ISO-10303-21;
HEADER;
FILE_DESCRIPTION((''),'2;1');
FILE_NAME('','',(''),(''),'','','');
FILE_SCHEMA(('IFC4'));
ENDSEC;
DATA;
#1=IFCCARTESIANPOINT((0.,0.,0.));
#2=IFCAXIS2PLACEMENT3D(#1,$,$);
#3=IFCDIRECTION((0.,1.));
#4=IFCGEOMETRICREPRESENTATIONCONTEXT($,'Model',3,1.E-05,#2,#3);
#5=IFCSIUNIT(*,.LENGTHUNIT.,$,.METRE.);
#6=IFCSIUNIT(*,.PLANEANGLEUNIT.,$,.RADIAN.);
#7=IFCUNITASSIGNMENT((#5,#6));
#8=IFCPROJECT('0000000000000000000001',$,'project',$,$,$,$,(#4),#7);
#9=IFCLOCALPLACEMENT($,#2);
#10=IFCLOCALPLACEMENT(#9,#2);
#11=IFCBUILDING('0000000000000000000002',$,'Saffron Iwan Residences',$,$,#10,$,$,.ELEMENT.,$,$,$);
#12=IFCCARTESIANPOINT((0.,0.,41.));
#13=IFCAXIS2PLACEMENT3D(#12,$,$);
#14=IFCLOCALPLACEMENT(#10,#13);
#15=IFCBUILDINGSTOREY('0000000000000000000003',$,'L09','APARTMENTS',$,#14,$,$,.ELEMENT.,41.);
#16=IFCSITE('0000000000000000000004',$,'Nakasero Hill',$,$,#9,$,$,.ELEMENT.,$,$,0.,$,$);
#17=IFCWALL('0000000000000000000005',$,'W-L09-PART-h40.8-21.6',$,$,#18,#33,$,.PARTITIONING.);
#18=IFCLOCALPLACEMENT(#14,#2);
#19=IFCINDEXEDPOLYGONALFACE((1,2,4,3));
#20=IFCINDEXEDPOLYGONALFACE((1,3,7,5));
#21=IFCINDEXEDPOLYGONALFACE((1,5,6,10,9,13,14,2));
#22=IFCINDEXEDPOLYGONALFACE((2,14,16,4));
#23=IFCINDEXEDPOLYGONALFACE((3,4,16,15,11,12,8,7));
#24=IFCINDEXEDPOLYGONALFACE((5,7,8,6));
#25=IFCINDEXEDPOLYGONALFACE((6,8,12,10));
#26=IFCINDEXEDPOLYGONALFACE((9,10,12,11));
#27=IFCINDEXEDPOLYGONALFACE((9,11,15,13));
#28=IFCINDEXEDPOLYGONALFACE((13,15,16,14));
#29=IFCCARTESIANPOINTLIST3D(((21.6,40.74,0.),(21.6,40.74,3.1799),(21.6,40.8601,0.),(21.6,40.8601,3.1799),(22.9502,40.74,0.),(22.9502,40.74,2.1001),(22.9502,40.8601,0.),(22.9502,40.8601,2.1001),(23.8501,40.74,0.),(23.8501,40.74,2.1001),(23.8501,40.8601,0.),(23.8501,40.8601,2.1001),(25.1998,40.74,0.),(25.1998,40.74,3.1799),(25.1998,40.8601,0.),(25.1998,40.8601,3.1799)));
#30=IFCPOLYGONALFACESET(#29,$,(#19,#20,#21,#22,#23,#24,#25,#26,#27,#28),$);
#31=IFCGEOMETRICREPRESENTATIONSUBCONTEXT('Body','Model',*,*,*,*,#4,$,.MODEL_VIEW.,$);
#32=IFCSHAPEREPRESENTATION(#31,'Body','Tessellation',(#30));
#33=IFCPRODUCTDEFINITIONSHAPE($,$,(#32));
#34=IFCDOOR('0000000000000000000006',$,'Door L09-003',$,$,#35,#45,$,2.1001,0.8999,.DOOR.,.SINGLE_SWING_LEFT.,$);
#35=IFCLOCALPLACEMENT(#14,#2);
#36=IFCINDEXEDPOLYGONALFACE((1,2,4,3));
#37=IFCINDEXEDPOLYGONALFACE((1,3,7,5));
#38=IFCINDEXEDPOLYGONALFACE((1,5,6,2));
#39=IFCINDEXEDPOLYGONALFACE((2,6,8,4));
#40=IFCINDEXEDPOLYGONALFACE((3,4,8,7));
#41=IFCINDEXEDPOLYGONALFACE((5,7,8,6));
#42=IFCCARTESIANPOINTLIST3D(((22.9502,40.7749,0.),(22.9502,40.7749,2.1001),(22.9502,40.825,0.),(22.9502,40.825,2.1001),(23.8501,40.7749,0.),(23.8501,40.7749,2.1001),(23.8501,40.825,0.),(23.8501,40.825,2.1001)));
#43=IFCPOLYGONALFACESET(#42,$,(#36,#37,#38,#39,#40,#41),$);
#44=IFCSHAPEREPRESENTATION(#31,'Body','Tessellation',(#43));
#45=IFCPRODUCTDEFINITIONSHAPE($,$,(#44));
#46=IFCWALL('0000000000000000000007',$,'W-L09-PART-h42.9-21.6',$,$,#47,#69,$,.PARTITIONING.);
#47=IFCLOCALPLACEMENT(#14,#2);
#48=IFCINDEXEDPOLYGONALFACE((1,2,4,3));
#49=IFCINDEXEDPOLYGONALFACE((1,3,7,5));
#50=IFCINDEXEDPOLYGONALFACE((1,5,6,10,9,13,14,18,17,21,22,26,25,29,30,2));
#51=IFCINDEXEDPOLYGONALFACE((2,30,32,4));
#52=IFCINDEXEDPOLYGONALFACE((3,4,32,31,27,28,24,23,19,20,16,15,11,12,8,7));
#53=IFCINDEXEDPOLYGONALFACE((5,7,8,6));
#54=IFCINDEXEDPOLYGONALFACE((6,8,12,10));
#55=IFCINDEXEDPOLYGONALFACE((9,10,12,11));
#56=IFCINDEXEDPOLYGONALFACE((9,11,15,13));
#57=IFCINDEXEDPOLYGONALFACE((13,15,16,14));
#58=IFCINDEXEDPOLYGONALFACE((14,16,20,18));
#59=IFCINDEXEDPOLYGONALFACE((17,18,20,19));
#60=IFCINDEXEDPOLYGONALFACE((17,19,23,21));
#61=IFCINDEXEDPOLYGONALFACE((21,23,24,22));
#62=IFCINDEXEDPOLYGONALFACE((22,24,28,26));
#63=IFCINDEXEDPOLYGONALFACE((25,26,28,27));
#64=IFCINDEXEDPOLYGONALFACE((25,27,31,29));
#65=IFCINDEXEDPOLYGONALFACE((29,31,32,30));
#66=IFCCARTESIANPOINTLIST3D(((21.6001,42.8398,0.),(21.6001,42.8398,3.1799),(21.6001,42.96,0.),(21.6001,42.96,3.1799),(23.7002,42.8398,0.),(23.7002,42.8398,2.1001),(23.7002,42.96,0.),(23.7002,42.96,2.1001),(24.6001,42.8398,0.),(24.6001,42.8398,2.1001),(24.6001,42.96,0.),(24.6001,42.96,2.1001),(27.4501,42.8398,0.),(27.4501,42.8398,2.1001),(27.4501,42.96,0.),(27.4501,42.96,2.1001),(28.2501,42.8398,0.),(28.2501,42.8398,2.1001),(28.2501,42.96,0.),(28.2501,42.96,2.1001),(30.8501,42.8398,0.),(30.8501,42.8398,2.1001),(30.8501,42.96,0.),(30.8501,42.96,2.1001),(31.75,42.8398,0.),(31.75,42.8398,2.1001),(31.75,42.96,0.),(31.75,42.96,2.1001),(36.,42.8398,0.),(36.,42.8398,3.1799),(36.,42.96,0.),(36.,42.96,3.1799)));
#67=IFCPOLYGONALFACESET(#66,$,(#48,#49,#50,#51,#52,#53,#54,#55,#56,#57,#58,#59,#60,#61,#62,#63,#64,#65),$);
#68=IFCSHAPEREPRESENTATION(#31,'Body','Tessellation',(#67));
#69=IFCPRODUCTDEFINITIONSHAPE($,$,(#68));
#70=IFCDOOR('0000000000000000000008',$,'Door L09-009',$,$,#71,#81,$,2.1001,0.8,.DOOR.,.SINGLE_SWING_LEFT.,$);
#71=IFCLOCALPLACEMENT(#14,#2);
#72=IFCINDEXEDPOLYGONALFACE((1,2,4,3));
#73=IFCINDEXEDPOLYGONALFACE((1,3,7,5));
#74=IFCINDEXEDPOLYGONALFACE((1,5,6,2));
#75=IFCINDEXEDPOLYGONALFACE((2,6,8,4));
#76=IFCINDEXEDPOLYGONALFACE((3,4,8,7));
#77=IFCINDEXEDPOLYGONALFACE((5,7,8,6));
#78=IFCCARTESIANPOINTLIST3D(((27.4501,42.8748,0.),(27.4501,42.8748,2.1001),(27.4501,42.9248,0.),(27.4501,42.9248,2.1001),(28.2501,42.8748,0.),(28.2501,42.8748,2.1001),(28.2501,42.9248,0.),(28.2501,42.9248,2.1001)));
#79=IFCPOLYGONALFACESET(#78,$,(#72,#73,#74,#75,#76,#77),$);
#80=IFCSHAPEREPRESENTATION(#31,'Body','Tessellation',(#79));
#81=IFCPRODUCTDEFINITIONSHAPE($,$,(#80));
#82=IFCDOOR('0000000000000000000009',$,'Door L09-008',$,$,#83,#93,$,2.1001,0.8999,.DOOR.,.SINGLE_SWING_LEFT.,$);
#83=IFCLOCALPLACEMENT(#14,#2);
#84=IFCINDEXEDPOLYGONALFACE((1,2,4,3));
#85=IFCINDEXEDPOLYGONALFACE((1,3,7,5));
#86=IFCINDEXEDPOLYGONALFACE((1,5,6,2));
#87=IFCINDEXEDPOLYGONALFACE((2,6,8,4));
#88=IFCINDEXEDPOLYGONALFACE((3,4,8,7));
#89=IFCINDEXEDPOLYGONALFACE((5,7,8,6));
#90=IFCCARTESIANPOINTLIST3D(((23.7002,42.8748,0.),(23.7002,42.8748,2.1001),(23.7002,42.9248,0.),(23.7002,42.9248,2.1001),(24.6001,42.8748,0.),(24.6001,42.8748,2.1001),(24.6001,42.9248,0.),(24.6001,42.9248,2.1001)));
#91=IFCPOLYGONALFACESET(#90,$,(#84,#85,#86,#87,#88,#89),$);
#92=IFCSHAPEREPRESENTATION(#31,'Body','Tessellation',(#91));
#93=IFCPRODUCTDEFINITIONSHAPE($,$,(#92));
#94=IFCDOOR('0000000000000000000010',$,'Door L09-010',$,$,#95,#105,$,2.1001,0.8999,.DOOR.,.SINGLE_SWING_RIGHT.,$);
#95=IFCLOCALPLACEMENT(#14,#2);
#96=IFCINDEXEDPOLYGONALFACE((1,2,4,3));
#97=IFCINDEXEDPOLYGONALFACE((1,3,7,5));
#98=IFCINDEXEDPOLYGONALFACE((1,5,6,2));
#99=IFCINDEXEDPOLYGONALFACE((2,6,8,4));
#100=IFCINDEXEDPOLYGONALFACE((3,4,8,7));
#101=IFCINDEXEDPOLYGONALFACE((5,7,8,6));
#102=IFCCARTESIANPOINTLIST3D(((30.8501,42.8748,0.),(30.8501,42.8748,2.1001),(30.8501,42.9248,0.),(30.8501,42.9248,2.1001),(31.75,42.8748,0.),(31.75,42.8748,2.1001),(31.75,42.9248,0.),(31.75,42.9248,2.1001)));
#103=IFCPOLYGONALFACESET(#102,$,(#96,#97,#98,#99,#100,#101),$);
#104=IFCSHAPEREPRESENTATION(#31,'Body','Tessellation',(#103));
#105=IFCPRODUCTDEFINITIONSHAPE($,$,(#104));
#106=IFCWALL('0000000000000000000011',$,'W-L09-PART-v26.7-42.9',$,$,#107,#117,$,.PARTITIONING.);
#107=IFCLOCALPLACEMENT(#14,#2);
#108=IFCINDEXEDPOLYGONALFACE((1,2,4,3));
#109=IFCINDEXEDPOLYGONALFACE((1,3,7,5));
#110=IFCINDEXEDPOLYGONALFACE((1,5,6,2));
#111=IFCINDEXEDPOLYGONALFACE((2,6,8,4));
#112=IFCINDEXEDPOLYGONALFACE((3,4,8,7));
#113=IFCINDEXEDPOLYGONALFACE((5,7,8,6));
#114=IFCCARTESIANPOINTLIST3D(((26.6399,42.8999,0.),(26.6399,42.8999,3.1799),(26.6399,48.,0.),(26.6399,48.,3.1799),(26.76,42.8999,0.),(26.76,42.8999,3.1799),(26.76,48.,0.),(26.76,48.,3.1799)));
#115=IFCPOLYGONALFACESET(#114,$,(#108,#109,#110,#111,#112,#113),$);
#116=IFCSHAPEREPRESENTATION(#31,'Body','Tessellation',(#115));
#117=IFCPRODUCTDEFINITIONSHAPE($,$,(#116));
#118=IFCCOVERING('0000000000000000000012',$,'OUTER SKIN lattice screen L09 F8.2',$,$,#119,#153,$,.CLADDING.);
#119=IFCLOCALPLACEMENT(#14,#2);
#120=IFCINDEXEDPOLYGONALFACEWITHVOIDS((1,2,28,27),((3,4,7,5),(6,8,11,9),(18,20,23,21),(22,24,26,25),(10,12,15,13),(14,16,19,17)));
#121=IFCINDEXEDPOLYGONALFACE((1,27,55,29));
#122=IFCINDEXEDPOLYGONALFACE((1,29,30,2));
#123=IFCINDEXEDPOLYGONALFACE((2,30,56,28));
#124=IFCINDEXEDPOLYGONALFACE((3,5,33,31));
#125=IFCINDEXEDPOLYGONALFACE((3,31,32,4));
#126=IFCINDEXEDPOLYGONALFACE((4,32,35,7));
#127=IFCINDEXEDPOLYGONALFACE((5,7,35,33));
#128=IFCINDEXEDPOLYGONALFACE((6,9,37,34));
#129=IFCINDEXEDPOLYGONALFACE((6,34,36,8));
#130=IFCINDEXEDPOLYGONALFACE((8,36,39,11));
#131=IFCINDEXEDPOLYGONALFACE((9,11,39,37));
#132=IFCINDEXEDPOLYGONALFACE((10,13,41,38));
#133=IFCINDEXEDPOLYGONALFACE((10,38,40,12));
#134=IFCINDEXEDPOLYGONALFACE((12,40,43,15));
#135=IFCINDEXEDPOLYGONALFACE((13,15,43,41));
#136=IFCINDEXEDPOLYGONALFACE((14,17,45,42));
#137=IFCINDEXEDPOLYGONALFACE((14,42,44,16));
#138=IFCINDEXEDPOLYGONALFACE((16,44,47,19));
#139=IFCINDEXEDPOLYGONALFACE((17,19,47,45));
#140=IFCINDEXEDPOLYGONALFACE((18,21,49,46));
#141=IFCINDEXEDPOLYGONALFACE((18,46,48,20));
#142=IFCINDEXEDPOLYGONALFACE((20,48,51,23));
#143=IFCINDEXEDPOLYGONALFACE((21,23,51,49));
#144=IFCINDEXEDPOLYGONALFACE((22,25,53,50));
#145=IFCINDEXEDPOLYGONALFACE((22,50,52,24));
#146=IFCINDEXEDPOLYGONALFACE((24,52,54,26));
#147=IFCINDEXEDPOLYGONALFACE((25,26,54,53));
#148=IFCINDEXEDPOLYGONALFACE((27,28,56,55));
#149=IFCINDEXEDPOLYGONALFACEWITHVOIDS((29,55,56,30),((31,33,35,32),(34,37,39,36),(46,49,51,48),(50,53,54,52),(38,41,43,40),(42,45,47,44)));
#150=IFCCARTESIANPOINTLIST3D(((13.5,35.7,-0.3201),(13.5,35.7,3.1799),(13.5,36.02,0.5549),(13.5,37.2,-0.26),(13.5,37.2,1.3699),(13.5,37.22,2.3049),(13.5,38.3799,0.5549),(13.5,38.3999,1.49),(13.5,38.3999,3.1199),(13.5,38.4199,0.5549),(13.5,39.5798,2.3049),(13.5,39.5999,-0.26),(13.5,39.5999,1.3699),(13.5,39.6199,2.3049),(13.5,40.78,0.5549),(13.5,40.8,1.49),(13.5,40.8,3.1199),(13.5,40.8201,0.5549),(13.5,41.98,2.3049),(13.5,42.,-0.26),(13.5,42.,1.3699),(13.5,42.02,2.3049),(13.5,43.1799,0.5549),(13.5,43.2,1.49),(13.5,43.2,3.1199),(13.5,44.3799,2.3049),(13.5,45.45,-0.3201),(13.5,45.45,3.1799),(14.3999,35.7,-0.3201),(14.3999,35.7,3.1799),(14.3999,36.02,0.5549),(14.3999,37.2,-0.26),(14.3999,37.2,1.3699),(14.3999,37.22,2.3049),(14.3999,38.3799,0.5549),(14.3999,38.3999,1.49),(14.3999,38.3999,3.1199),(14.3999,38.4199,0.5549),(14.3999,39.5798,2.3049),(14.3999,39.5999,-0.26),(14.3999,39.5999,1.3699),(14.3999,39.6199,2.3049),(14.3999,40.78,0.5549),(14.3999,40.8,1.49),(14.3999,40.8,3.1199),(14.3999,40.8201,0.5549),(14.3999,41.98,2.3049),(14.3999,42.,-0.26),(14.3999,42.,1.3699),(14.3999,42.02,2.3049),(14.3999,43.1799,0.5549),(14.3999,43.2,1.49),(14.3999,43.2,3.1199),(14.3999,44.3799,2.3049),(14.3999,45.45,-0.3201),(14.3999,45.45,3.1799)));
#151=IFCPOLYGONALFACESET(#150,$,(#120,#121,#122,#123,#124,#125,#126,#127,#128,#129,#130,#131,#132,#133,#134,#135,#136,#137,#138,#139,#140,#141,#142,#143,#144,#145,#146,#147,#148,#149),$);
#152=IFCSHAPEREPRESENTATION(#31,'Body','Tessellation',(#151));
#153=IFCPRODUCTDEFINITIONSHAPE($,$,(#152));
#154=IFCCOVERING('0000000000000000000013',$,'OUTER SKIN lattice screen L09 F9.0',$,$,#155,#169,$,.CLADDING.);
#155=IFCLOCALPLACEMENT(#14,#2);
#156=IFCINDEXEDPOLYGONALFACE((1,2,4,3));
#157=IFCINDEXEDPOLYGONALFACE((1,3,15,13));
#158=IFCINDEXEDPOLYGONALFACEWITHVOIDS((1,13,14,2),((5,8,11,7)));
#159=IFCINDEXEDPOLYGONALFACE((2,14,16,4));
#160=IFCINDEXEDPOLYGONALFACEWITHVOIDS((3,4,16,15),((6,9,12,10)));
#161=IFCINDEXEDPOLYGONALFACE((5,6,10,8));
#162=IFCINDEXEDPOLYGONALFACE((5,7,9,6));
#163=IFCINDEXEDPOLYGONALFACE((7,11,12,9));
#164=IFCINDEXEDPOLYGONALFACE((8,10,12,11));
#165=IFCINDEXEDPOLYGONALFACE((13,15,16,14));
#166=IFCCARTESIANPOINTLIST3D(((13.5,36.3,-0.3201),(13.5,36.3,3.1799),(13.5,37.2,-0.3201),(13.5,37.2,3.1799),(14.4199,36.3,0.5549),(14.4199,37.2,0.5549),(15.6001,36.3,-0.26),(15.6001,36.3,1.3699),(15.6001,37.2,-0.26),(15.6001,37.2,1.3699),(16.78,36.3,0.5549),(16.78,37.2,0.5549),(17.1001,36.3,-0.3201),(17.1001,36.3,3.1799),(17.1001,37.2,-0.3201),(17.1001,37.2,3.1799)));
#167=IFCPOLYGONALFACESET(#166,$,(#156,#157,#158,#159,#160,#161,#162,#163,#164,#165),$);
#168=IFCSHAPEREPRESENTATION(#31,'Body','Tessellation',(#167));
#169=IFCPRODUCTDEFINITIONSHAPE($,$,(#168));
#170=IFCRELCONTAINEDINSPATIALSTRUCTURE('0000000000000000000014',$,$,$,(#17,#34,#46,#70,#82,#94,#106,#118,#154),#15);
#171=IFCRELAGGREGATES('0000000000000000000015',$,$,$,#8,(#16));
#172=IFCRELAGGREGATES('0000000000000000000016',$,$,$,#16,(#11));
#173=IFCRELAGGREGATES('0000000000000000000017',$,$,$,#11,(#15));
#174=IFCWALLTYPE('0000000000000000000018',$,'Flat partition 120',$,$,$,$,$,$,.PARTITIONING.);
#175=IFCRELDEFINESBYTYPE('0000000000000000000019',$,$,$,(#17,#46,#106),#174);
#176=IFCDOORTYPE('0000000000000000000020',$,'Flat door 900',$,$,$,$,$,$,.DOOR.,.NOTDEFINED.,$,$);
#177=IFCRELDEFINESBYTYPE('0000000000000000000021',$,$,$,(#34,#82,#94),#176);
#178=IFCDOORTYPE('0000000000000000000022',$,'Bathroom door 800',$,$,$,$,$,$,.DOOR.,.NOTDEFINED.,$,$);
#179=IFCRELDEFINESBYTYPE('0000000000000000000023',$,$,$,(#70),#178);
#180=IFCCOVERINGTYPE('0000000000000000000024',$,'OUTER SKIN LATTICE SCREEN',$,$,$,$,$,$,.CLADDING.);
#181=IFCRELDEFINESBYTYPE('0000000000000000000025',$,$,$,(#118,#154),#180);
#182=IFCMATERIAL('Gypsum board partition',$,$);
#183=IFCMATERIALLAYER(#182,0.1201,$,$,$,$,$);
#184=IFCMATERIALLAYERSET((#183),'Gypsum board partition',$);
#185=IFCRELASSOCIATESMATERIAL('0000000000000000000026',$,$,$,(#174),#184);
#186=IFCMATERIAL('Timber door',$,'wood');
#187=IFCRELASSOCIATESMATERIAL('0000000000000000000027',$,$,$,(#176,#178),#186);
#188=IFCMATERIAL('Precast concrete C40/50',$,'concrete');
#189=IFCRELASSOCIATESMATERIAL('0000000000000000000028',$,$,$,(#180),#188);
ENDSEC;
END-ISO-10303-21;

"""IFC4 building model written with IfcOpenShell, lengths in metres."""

from ifc_helpers import new_model, si_unit, direction, frame, frame_2d, origin, place, context, subcontext, project, spatial, polyline, rectangle, outline, extrude, material, layer, layer_set, type_object, element, fill, save


model = new_model("IFC4")

# Units and contexts
model_context = context("Model", 3, precision=1e-05, world=origin(), true_north=direction((0.0, 1.0)))
body_context = subcontext(model_context, "Body", "Model", "MODEL_VIEW")
ifc_project = project(units=[si_unit("LENGTHUNIT", "METRE"), si_unit("PLANEANGLEUNIT", "RADIAN")], contexts=[model_context])

# Site, building, storey
site_placement = place(None, origin())
site = spatial("IfcSite", under=ifc_project, at=site_placement, Name="Nakasero Hill", CompositionType="ELEMENT", RefElevation=0.0)
building_placement = place(site_placement, origin())
building = spatial("IfcBuilding", under=site, at=building_placement, Name="Saffron Iwan Residences", CompositionType="ELEMENT")
storey_placement = place(building_placement, frame((0.0, 0.0, 41.0)))
storey = spatial("IfcBuildingStorey", under=building, at=storey_placement, Name="L09", Description="APARTMENTS", CompositionType="ELEMENT", Elevation=41.0)

# Shared definitions
ifc_material_1 = material(Name="Gypsum board partition")
ifc_layer_1 = layer(ifc_material_1, 0.1201)
ifc_layer_set_1 = layer_set([ifc_layer_1], Name="Gypsum board partition")
wall_type_1 = type_object("IfcWallType", Name="Flat partition 120", PredefinedType="PARTITIONING", material=ifc_layer_set_1)

# Wall, opening, door
wall_1_placement = place(storey_placement, frame((21.6001, 40.8, 0.0), z_axis=(0.0, 0.0, 1.0), x_axis=(1.0, 0.0, 0.0)))
wall_1 = element("IfcWall", 1, at=wall_1_placement, inside=storey, type_object=wall_type_1, Name="W-L09-PART-h40.8-21.6", PredefinedType="PARTITIONING", context=body_context, shape_type="SweptSolid", body=[
    extrude(rectangle(XDim=3.5999, YDim=0.1201, at=frame_2d((1.7998, 0.0))), origin(), (0.0, 0.0, 1.0), 3.1799),
])
opening_1_placement = place(wall_1_placement, frame((1.3501, 0.0, 0.0)))
opening_1 = element("IfcOpeningElement", 2, at=opening_1_placement, cuts=wall_1, PredefinedType="OPENING", context=body_context, shape_type="SweptSolid", body=[
    extrude(rectangle(XDim=0.8999, YDim=2.1001, at=frame_2d((0.45, 1.05))), frame((0.0, 0.0701, 0.0), z_axis=(0.0, -1.0, 0.0), x_axis=(1.0, 0.0, 0.0)), (0.0, 0.0, 1.0), 0.1401),
])
ifc_material_2 = material(Name="Timber door", Category="wood")
door_type_1 = type_object("IfcDoorType", Name="Flat door 900", OperationType="NOTDEFINED", PredefinedType="DOOR", material=ifc_material_2)
door_1_placement = place(opening_1_placement, origin())
door_1 = element("IfcDoor", 3, at=door_1_placement, inside=storey, type_object=door_type_1, Name="Door L09-003", OperationType="SINGLE_SWING_LEFT", OverallHeight=2.1001, OverallWidth=0.8999, PredefinedType="DOOR", context=body_context, shape_type="SweptSolid", body=[
    extrude(rectangle(XDim=0.8999, YDim=2.1001, at=frame_2d((0.45, 1.05))), frame((0.0, 0.0249, 0.0), z_axis=(0.0, -1.0, 0.0), x_axis=(1.0, 0.0, 0.0)), (0.0, 0.0, 1.0), 0.05),
])
fill(opening_1, door_1)

# Wall, openings, doors
wall_2_placement = place(storey_placement, frame((21.6001, 42.8999, 0.0), z_axis=(0.0, 0.0, 1.0), x_axis=(1.0, 0.0, 0.0)))
wall_2 = element("IfcWall", 4, at=wall_2_placement, inside=storey, type_object=wall_type_1, Name="W-L09-PART-h42.9-21.6", PredefinedType="PARTITIONING", context=body_context, shape_type="SweptSolid", body=[
    extrude(rectangle(XDim=14.3999, YDim=0.1201, at=frame_2d((7.2, 0.0))), origin(), (0.0, 0.0, 1.0), 3.1799),
])
opening_2_placement = place(wall_2_placement, frame((2.1001, 0.0, 0.0)))
opening_2 = element("IfcOpeningElement", 5, at=opening_2_placement, cuts=wall_2, PredefinedType="OPENING", context=body_context, shape_type="SweptSolid", body=[
    extrude(rectangle(XDim=0.8999, YDim=2.1001, at=frame_2d((0.45, 1.05))), frame((0.0, 0.0701, 0.0), z_axis=(0.0, -1.0, 0.0), x_axis=(1.0, 0.0, 0.0)), (0.0, 0.0, 1.0), 0.1401),
])
opening_3_placement = place(wall_2_placement, frame((5.8501, 0.0, 0.0)))
opening_3 = element("IfcOpeningElement", 6, at=opening_3_placement, cuts=wall_2, PredefinedType="OPENING", context=body_context, shape_type="SweptSolid", body=[
    extrude(rectangle(XDim=0.8, YDim=2.1001, at=frame_2d((0.3999, 1.05))), frame((0.0, 0.0701, 0.0), z_axis=(0.0, -1.0, 0.0), x_axis=(1.0, 0.0, 0.0)), (0.0, 0.0, 1.0), 0.1401),
])
opening_4_placement = place(wall_2_placement, frame((9.25, 0.0, 0.0)))
opening_4 = element("IfcOpeningElement", 7, at=opening_4_placement, cuts=wall_2, PredefinedType="OPENING", context=body_context, shape_type="SweptSolid", body=[
    extrude(rectangle(XDim=0.8999, YDim=2.1001, at=frame_2d((0.45, 1.05))), frame((0.0, 0.0701, 0.0), z_axis=(0.0, -1.0, 0.0), x_axis=(1.0, 0.0, 0.0)), (0.0, 0.0, 1.0), 0.1401),
])
door_type_2 = type_object("IfcDoorType", Name="Bathroom door 800", OperationType="NOTDEFINED", PredefinedType="DOOR", material=ifc_material_2)
door_2_placement = place(opening_3_placement, origin())
door_2 = element("IfcDoor", 8, at=door_2_placement, inside=storey, type_object=door_type_2, Name="Door L09-009", OperationType="SINGLE_SWING_LEFT", OverallHeight=2.1001, OverallWidth=0.8, PredefinedType="DOOR", context=body_context, shape_type="SweptSolid", body=[
    extrude(rectangle(XDim=0.8, YDim=2.1001, at=frame_2d((0.3999, 1.05))), frame((0.0, 0.0249, 0.0), z_axis=(0.0, -1.0, 0.0), x_axis=(1.0, 0.0, 0.0)), (0.0, 0.0, 1.0), 0.05),
])
fill(opening_3, door_2)
door_3_placement = place(opening_2_placement, origin())
door_3 = element("IfcDoor", 9, at=door_3_placement, inside=storey, type_object=door_type_1, Name="Door L09-008", OperationType="SINGLE_SWING_LEFT", OverallHeight=2.1001, OverallWidth=0.8999, PredefinedType="DOOR", context=body_context, shape_type="SweptSolid", body=[
    extrude(rectangle(XDim=0.8999, YDim=2.1001, at=frame_2d((0.45, 1.05))), frame((0.0, 0.0249, 0.0), z_axis=(0.0, -1.0, 0.0), x_axis=(1.0, 0.0, 0.0)), (0.0, 0.0, 1.0), 0.05),
])
fill(opening_2, door_3)
door_4_placement = place(opening_4_placement, origin())
door_4 = element("IfcDoor", 10, at=door_4_placement, inside=storey, type_object=door_type_1, Name="Door L09-010", OperationType="SINGLE_SWING_RIGHT", OverallHeight=2.1001, OverallWidth=0.8999, PredefinedType="DOOR", context=body_context, shape_type="SweptSolid", body=[
    extrude(rectangle(XDim=0.8999, YDim=2.1001, at=frame_2d((0.45, 1.05))), frame((0.0, 0.0249, 0.0), z_axis=(0.0, -1.0, 0.0), x_axis=(1.0, 0.0, 0.0)), (0.0, 0.0, 1.0), 0.05),
])
fill(opening_4, door_4)

# Wall
wall_3_placement = place(storey_placement, frame((26.7, 42.8999, 0.0), z_axis=(0.0, 0.0, 1.0), x_axis=(0.0, 1.0, 0.0)))
element("IfcWall", 11, at=wall_3_placement, inside=storey, type_object=wall_type_1, Name="W-L09-PART-v26.7-42.9", PredefinedType="PARTITIONING", context=body_context, shape_type="SweptSolid", body=[
    extrude(rectangle(XDim=5.1001, YDim=0.1201, at=frame_2d((2.55, 0.0))), origin(), (0.0, 0.0, 1.0), 3.1799),
])

# Coverings
ifc_material_3 = material(Name="Precast concrete C40/50", Category="concrete")
covering_type_1 = type_object("IfcCoveringType", Name="OUTER SKIN LATTICE SCREEN", PredefinedType="CLADDING", material=ifc_material_3)
covering_1_placement = place(storey_placement, frame((14.3999, 45.45, -0.3201), z_axis=(-1.0, 0.0, 0.0), x_axis=(0.0, -1.0, 0.0)))
element("IfcCovering", 12, at=covering_1_placement, inside=storey, type_object=covering_type_1, Name="OUTER SKIN lattice screen L09 F8.2", PredefinedType="CLADDING", context=body_context, shape_type="SweptSolid", body=[
    extrude(outline(polyline([(0.0, 0.0), (9.75, 0.0), (9.75, 3.5), (0.0, 3.5), (0.0, 0.0)]), holes=[polyline([(2.27, 0.875), (3.45, 0.0601), (4.6299, 0.875), (3.45, 1.6899), (2.27, 0.875)]), polyline([(4.6699, 0.875), (5.8501, 0.0601), (7.03, 0.875), (5.8501, 1.6899), (4.6699, 0.875)]), polyline([(7.0701, 0.875), (8.25, 0.0601), (9.4299, 0.875), (8.25, 1.6899), (7.0701, 0.875)]), polyline([(1.0701, 2.625), (2.25, 1.8101), (3.4299, 2.625), (2.25, 3.4399), (1.0701, 2.625)]), polyline([(3.47, 2.625), (4.6499, 1.8101), (5.8301, 2.625), (4.6499, 3.4399), (3.47, 2.625)]), polyline([(5.8701, 2.625), (7.05, 1.8101), (8.23, 2.625), (7.05, 3.4399), (5.8701, 2.625)])]), origin(), (0.0, 0.0, 1.0), 0.8999),
])
covering_2_placement = place(storey_placement, frame((13.5, 37.2, -0.3201), z_axis=(0.0, -1.0, 0.0), x_axis=(1.0, 0.0, 0.0)))
element("IfcCovering", 13, at=covering_2_placement, inside=storey, type_object=covering_type_1, Name="OUTER SKIN lattice screen L09 F9.0", PredefinedType="CLADDING", context=body_context, shape_type="SweptSolid", body=[
    extrude(outline(polyline([(0.0, 0.0), (3.6001, 0.0), (3.6001, 3.5), (0.0, 3.5), (0.0, 0.0)]), holes=[polyline([(0.9199, 0.875), (2.1001, 0.0601), (3.28, 0.875), (2.1001, 1.6899), (0.9199, 0.875)])]), origin(), (0.0, 0.0, 1.0), 0.8999),
])

save(model, "model.ifc")
